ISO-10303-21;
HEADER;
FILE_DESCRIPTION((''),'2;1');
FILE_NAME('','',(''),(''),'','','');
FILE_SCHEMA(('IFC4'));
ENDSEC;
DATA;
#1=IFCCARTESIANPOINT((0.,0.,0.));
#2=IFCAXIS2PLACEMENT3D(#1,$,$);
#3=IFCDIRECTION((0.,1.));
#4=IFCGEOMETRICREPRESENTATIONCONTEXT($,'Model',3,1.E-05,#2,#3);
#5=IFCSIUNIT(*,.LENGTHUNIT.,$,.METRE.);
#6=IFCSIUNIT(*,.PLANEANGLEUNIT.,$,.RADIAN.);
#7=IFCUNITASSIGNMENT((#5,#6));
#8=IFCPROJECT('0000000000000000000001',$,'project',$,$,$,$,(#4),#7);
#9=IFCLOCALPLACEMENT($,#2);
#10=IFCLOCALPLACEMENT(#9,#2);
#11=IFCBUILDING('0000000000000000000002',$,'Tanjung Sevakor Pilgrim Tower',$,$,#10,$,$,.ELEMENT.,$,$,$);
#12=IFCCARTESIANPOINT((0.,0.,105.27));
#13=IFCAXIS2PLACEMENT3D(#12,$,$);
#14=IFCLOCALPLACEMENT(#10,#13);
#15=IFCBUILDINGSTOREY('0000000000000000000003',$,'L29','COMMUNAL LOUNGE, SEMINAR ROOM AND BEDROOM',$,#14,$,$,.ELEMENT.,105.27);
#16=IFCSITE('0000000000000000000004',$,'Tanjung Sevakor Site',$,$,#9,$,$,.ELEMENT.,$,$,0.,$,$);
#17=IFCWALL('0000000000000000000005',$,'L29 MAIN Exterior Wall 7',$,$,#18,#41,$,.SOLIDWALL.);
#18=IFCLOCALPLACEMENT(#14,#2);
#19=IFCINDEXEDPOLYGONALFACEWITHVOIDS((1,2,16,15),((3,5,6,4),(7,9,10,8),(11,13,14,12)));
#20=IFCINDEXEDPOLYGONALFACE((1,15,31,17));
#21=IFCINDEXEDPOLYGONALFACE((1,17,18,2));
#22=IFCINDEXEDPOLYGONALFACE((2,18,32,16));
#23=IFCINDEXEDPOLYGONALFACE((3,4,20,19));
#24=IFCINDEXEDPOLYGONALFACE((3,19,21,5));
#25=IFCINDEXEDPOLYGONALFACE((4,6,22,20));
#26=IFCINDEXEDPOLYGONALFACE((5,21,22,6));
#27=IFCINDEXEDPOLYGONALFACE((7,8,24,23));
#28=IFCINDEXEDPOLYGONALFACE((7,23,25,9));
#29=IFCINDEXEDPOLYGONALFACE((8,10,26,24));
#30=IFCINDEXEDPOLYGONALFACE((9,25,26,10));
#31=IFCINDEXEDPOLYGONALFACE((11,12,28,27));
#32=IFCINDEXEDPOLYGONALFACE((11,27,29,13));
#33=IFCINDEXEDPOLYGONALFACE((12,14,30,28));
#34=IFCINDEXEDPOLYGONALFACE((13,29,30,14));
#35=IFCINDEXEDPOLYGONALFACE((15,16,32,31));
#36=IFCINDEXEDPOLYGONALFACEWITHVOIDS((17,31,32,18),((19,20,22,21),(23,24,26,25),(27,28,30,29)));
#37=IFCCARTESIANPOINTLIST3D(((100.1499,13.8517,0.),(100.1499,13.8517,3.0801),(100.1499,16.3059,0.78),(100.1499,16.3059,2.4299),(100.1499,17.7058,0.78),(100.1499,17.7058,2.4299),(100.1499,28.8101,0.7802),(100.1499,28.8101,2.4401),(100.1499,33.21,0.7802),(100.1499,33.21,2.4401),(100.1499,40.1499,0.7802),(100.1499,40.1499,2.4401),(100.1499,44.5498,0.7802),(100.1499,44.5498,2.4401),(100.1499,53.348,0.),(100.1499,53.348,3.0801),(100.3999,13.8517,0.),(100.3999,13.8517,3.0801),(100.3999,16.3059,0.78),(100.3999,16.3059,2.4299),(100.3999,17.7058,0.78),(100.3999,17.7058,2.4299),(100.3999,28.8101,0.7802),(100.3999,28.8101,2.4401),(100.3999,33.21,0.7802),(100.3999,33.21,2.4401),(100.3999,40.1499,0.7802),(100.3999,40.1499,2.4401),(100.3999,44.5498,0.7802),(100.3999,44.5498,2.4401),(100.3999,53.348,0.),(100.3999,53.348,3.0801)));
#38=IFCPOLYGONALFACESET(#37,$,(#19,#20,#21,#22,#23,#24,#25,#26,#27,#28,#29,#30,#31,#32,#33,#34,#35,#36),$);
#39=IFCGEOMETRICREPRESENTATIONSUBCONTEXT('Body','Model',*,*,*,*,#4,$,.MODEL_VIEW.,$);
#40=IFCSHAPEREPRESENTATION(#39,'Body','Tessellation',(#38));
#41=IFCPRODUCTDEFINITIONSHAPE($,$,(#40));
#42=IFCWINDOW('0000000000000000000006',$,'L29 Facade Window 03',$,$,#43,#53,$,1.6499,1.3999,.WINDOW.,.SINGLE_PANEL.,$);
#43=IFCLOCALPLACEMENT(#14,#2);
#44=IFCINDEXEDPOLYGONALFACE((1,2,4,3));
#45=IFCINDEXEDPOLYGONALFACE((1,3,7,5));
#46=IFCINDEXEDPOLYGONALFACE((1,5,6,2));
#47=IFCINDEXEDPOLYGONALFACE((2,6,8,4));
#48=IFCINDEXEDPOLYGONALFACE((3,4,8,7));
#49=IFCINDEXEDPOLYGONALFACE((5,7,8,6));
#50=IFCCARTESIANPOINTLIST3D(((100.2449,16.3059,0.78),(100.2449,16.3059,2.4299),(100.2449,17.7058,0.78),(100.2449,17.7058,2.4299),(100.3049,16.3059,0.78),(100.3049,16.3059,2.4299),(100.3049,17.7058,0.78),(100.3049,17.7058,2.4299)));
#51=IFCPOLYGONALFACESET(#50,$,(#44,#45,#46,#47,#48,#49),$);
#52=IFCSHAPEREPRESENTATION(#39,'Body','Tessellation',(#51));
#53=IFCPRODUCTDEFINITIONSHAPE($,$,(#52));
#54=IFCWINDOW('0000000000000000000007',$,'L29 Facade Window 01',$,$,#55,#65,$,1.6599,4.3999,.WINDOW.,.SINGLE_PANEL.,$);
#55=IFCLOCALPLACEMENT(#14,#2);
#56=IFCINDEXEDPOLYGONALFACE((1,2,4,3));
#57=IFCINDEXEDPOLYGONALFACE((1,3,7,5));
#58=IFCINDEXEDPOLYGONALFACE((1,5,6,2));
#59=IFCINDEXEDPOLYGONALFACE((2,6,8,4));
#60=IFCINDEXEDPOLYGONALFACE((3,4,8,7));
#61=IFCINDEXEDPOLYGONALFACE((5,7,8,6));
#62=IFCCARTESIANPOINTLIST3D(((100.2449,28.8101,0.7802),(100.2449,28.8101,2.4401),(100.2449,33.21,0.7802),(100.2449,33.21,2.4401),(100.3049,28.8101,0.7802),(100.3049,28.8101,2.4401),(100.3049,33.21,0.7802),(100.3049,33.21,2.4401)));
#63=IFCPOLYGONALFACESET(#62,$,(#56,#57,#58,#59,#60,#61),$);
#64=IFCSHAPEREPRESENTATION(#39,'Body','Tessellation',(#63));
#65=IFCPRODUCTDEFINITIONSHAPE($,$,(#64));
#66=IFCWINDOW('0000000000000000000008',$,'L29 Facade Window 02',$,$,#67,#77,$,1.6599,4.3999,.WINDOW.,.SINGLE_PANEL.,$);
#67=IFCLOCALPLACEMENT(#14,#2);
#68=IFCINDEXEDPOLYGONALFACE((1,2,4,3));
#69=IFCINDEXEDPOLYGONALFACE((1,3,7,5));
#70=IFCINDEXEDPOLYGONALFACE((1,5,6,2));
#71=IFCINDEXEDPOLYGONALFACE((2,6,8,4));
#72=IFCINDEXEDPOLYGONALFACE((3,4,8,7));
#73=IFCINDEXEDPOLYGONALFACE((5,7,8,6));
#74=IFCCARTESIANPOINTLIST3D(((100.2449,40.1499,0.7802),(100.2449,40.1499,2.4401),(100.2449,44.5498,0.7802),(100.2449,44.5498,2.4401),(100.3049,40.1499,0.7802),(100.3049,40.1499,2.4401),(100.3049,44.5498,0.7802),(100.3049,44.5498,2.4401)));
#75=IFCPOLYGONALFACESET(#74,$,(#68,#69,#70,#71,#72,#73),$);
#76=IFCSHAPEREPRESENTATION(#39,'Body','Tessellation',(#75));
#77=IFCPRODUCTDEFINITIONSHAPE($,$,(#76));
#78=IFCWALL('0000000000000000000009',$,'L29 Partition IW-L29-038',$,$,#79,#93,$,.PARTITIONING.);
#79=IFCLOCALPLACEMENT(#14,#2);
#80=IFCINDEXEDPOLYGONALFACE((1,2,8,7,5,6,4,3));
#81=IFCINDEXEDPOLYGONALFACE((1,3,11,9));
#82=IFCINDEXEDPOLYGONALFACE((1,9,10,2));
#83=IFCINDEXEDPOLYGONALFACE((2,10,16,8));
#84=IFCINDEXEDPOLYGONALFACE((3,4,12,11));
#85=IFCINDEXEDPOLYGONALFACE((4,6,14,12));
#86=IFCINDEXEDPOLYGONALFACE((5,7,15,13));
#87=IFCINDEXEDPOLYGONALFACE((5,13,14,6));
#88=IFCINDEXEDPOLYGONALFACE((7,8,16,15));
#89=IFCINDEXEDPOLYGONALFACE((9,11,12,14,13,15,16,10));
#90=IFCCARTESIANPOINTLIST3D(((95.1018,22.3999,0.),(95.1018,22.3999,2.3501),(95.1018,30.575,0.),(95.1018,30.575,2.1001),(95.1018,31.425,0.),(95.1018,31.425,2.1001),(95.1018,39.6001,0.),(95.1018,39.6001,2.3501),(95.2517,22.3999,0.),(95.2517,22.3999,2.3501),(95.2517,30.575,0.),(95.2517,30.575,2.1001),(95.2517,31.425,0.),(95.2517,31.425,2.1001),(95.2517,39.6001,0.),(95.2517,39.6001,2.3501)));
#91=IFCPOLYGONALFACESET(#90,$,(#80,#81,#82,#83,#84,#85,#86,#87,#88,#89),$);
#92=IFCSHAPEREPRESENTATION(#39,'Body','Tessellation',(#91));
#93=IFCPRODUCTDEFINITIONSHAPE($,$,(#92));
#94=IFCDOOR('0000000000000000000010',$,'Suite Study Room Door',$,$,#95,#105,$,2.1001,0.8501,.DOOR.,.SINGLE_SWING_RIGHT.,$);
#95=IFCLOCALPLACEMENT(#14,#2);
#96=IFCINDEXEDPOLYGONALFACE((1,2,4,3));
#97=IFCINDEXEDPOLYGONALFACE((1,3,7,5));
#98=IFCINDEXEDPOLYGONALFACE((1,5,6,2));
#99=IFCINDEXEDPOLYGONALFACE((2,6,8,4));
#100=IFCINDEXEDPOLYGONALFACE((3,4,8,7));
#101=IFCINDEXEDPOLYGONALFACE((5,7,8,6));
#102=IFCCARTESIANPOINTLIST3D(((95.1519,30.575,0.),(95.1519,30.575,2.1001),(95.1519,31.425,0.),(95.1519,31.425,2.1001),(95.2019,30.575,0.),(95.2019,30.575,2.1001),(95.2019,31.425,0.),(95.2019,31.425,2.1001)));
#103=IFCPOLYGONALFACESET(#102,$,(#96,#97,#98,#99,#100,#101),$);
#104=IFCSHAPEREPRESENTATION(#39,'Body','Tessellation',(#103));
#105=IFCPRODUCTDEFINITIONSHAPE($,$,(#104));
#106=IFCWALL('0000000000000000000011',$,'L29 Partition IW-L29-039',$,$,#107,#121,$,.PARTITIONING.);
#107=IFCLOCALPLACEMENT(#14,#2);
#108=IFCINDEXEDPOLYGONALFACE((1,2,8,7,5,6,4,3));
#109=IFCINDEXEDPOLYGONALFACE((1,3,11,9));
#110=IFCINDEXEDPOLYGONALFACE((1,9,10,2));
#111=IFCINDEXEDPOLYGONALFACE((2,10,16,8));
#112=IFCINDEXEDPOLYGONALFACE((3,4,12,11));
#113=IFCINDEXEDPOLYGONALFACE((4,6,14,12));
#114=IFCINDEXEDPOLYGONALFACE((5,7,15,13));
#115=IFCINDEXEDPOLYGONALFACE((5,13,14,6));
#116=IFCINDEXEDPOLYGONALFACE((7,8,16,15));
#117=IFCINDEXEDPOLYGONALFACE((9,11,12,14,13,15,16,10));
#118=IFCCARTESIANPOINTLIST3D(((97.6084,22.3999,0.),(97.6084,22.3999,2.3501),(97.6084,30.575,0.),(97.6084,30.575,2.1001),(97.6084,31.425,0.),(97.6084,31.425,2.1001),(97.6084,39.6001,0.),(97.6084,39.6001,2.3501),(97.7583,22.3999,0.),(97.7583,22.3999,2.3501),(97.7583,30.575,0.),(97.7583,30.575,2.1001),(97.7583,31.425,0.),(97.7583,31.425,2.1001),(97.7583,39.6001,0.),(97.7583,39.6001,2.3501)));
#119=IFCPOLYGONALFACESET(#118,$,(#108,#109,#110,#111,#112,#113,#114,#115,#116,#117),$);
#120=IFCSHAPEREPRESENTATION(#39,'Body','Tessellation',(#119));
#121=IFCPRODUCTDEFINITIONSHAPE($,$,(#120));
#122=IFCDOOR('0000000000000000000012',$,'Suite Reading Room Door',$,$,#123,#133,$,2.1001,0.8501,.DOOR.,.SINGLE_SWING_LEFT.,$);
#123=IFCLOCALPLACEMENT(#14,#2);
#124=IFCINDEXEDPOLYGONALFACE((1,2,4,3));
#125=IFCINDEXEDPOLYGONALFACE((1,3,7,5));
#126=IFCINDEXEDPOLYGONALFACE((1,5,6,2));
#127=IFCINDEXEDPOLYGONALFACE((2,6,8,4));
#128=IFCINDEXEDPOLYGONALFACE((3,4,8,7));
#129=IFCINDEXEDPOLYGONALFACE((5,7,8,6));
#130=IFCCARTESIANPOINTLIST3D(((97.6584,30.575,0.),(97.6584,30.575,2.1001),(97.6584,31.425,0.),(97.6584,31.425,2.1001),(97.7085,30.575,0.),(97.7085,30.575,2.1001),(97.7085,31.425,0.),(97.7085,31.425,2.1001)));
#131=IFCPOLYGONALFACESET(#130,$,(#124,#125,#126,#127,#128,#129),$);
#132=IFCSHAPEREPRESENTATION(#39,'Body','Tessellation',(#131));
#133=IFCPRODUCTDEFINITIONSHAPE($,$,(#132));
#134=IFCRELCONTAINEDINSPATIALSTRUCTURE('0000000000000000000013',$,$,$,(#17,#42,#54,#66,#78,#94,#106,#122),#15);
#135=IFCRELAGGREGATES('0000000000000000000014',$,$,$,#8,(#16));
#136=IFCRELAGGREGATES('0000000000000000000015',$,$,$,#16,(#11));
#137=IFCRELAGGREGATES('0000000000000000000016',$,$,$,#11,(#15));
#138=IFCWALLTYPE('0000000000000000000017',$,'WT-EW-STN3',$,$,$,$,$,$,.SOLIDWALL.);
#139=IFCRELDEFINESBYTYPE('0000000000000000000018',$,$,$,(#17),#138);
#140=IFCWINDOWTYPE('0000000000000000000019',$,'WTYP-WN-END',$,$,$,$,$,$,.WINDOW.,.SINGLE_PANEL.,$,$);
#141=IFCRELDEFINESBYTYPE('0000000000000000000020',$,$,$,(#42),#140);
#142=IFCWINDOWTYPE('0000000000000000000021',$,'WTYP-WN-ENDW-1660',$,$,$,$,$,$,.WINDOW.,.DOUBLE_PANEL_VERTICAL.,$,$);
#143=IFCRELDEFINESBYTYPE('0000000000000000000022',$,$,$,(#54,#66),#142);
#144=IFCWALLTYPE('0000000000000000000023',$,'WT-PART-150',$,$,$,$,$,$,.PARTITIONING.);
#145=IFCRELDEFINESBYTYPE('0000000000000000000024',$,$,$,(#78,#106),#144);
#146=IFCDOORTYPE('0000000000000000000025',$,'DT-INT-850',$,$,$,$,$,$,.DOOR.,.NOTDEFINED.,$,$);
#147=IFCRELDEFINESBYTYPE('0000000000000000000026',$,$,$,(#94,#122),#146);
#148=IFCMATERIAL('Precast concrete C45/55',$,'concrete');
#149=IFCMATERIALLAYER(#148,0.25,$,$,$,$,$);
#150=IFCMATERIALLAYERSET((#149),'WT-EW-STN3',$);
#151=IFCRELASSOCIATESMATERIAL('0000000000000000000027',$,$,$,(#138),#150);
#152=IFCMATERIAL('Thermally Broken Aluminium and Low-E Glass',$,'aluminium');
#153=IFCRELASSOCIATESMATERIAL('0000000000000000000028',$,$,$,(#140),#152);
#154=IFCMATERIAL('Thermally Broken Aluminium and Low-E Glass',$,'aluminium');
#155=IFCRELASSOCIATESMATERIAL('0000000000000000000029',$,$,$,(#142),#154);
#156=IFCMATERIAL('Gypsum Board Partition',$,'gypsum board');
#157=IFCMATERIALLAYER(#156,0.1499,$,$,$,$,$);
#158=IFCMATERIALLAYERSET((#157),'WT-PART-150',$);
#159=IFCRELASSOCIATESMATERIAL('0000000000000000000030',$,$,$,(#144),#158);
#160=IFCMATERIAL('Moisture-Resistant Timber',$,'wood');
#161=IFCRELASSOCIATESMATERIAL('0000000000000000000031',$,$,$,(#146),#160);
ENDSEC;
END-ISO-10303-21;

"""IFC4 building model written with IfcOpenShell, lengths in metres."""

from ifc_helpers import new_model, si_unit, direction, frame, frame_2d, origin, place, context, subcontext, project, spatial, rectangle, extrude, material, layer, layer_set, type_object, element, fill, save


model = new_model("IFC4")

# Units and contexts
model_context = context("Model", 3, precision=1e-05, world=origin(), true_north=direction((0.0, 1.0)))
body_context = subcontext(model_context, "Body", "Model", "MODEL_VIEW")
ifc_project = project(units=[si_unit("LENGTHUNIT", "METRE"), si_unit("PLANEANGLEUNIT", "RADIAN")], contexts=[model_context])

# Site, building, storey
site_placement = place(None, origin())
site = spatial("IfcSite", under=ifc_project, at=site_placement, Name="Tanjung Sevakor Site", CompositionType="ELEMENT", RefElevation=0.0)
building_placement = place(site_placement, origin())
building = spatial("IfcBuilding", under=site, at=building_placement, Name="Tanjung Sevakor Pilgrim Tower", CompositionType="ELEMENT")
storey_placement = place(building_placement, frame((0.0, 0.0, 105.27)))
storey = spatial("IfcBuildingStorey", under=building, at=storey_placement, Name="L29", Description="COMMUNAL LOUNGE, SEMINAR ROOM AND BEDROOM", CompositionType="ELEMENT", Elevation=105.27)

# Shared definitions
ifc_material_1 = material(Name="Precast concrete C45/55", Category="concrete")
ifc_layer_1 = layer(ifc_material_1, 0.25)
ifc_layer_set_1 = layer_set([ifc_layer_1], Name="WT-EW-STN3")
wall_type_1 = type_object("IfcWallType", Name="WT-EW-STN3", PredefinedType="SOLIDWALL", material=ifc_layer_set_1)

# Wall, openings, windows
wall_1_placement = place(storey_placement, frame((100.2749, 13.8518, 0.0), z_axis=(0.0, 0.0, 1.0), x_axis=(0.0, 1.0, 0.0)))
wall_1 = element("IfcWall", 1, at=wall_1_placement, inside=storey, type_object=wall_type_1, Name="L29 MAIN Exterior Wall 7", PredefinedType="SOLIDWALL", context=body_context, shape_type="SweptSolid", body=[
    extrude(rectangle(XDim=39.4963, YDim=0.25, at=frame_2d((19.748, 0.0))), origin(), (0.0, 0.0, 1.0), 3.0801),
])
opening_1_placement = place(wall_1_placement, frame((14.9583, 0.0, 0.78)))
opening_1 = element("IfcOpeningElement", 2, at=opening_1_placement, cuts=wall_1, PredefinedType="OPENING", context=body_context, shape_type="SweptSolid", body=[
    extrude(rectangle(XDim=4.3999, YDim=1.6599, at=frame_2d((2.2, 0.8301))), frame((0.0, 0.135, 0.0), z_axis=(0.0, -1.0, 0.0), x_axis=(1.0, 0.0, 0.0)), (0.0, 0.0, 1.0), 0.27),
])
opening_2_placement = place(wall_1_placement, frame((26.2981, 0.0, 0.78)))
opening_2 = element("IfcOpeningElement", 3, at=opening_2_placement, cuts=wall_1, PredefinedType="OPENING", context=body_context, shape_type="SweptSolid", body=[
    extrude(rectangle(XDim=4.3999, YDim=1.6599, at=frame_2d((2.2, 0.8301))), frame((0.0, 0.135, 0.0), z_axis=(0.0, -1.0, 0.0), x_axis=(1.0, 0.0, 0.0)), (0.0, 0.0, 1.0), 0.27),
])
opening_3_placement = place(wall_1_placement, frame((2.4541, 0.0, 0.78)))
opening_3 = element("IfcOpeningElement", 4, at=opening_3_placement, cuts=wall_1, PredefinedType="OPENING", context=body_context, shape_type="SweptSolid", body=[
    extrude(rectangle(XDim=1.3999, YDim=1.6499, at=frame_2d((0.7, 0.825))), frame((0.0, 0.135, 0.0), z_axis=(0.0, -1.0, 0.0), x_axis=(1.0, 0.0, 0.0)), (0.0, 0.0, 1.0), 0.27),
])
ifc_material_2 = material(Name="Thermally Broken Aluminium and Low-E Glass", Category="aluminium")
window_type_1 = type_object("IfcWindowType", Name="WTYP-WN-END", PartitioningType="SINGLE_PANEL", PredefinedType="WINDOW", material=ifc_material_2)
window_1_placement = place(opening_3_placement, origin())
window_1 = element("IfcWindow", 5, at=window_1_placement, inside=storey, type_object=window_type_1, Name="L29 Facade Window 03", OverallHeight=1.6499, OverallWidth=1.3999, PartitioningType="SINGLE_PANEL", PredefinedType="WINDOW", context=body_context, shape_type="SweptSolid", body=[
    extrude(rectangle(XDim=1.3999, YDim=1.6499, at=frame_2d((0.7, 0.825))), frame((0.0, 0.03, 0.0), z_axis=(0.0, -1.0, 0.0), x_axis=(1.0, 0.0, 0.0)), (0.0, 0.0, 1.0), 0.0601),
])
fill(opening_3, window_1)
ifc_material_3 = material(Name="Thermally Broken Aluminium and Low-E Glass", Category="aluminium")
window_type_2 = type_object("IfcWindowType", Name="WTYP-WN-ENDW-1660", PartitioningType="DOUBLE_PANEL_VERTICAL", PredefinedType="WINDOW", material=ifc_material_3)
window_2_placement = place(opening_1_placement, origin())
window_2 = element("IfcWindow", 6, at=window_2_placement, inside=storey, type_object=window_type_2, Name="L29 Facade Window 01", OverallHeight=1.6599, OverallWidth=4.3999, PartitioningType="SINGLE_PANEL", PredefinedType="WINDOW", context=body_context, shape_type="SweptSolid", body=[
    extrude(rectangle(XDim=4.3999, YDim=1.6599, at=frame_2d((2.2, 0.8301))), frame((0.0, 0.03, 0.0), z_axis=(0.0, -1.0, 0.0), x_axis=(1.0, 0.0, 0.0)), (0.0, 0.0, 1.0), 0.0601),
])
fill(opening_1, window_2)
window_3_placement = place(opening_2_placement, origin())
window_3 = element("IfcWindow", 7, at=window_3_placement, inside=storey, type_object=window_type_2, Name="L29 Facade Window 02", OverallHeight=1.6599, OverallWidth=4.3999, PartitioningType="SINGLE_PANEL", PredefinedType="WINDOW", context=body_context, shape_type="SweptSolid", body=[
    extrude(rectangle(XDim=4.3999, YDim=1.6599, at=frame_2d((2.2, 0.8301))), frame((0.0, 0.03, 0.0), z_axis=(0.0, -1.0, 0.0), x_axis=(1.0, 0.0, 0.0)), (0.0, 0.0, 1.0), 0.0601),
])
fill(opening_2, window_3)

# Walls, openings, doors
ifc_material_4 = material(Name="Gypsum Board Partition", Category="gypsum board")
ifc_layer_2 = layer(ifc_material_4, 0.1499)
ifc_layer_set_2 = layer_set([ifc_layer_2], Name="WT-PART-150")
wall_type_2 = type_object("IfcWallType", Name="WT-PART-150", PredefinedType="PARTITIONING", material=ifc_layer_set_2)
wall_2_placement = place(storey_placement, frame((95.1768, 22.3999, 0.0), z_axis=(0.0, 0.0, 1.0), x_axis=(0.0, 1.0, 0.0)))
wall_2 = element("IfcWall", 8, at=wall_2_placement, inside=storey, type_object=wall_type_2, Name="L29 Partition IW-L29-038", PredefinedType="PARTITIONING", context=body_context, shape_type="SweptSolid", body=[
    extrude(rectangle(XDim=17.2002, YDim=0.1499, at=frame_2d((8.6001, 0.0))), origin(), (0.0, 0.0, 1.0), 2.3501),
])
opening_4_placement = place(wall_2_placement, frame((8.175, 0.0, 0.0)))
opening_4 = element("IfcOpeningElement", 9, at=opening_4_placement, cuts=wall_2, PredefinedType="OPENING", context=body_context, shape_type="SweptSolid", body=[
    extrude(rectangle(XDim=0.8501, YDim=2.1001, at=frame_2d((0.425, 1.05))), frame((0.0, 0.085, 0.0), z_axis=(0.0, -1.0, 0.0), x_axis=(1.0, 0.0, 0.0)), (0.0, 0.0, 1.0), 0.1699),
])
ifc_material_5 = material(Name="Moisture-Resistant Timber", Category="wood")
door_type_1 = type_object("IfcDoorType", Name="DT-INT-850", OperationType="NOTDEFINED", PredefinedType="DOOR", material=ifc_material_5)
door_1_placement = place(opening_4_placement, origin())
door_1 = element("IfcDoor", 10, at=door_1_placement, inside=storey, type_object=door_type_1, Name="Suite Study Room Door", OperationType="SINGLE_SWING_RIGHT", OverallHeight=2.1001, OverallWidth=0.8501, PredefinedType="DOOR", context=body_context, shape_type="SweptSolid", body=[
    extrude(rectangle(XDim=0.8501, YDim=2.1001, at=frame_2d((0.425, 1.05))), frame((0.0, 0.0249, 0.0), z_axis=(0.0, -1.0, 0.0), x_axis=(1.0, 0.0, 0.0)), (0.0, 0.0, 1.0), 0.05),
])
fill(opening_4, door_1)
wall_3_placement = place(storey_placement, frame((97.6833, 22.3999, 0.0), z_axis=(0.0, 0.0, 1.0), x_axis=(0.0, 1.0, 0.0)))
wall_3 = element("IfcWall", 11, at=wall_3_placement, inside=storey, type_object=wall_type_2, Name="L29 Partition IW-L29-039", PredefinedType="PARTITIONING", context=body_context, shape_type="SweptSolid", body=[
    extrude(rectangle(XDim=17.2002, YDim=0.1499, at=frame_2d((8.6001, 0.0))), origin(), (0.0, 0.0, 1.0), 2.3501),
])
opening_5_placement = place(wall_3_placement, frame((8.175, 0.0, 0.0)))
opening_5 = element("IfcOpeningElement", 12, at=opening_5_placement, cuts=wall_3, PredefinedType="OPENING", context=body_context, shape_type="SweptSolid", body=[
    extrude(rectangle(XDim=0.8501, YDim=2.1001, at=frame_2d((0.425, 1.05))), frame((0.0, 0.085, 0.0), z_axis=(0.0, -1.0, 0.0), x_axis=(1.0, 0.0, 0.0)), (0.0, 0.0, 1.0), 0.1699),
])
door_2_placement = place(opening_5_placement, origin())
door_2 = element("IfcDoor", 13, at=door_2_placement, inside=storey, type_object=door_type_1, Name="Suite Reading Room Door", OperationType="SINGLE_SWING_LEFT", OverallHeight=2.1001, OverallWidth=0.8501, PredefinedType="DOOR", context=body_context, shape_type="SweptSolid", body=[
    extrude(rectangle(XDim=0.8501, YDim=2.1001, at=frame_2d((0.425, 1.05))), frame((0.0, 0.0249, 0.0), z_axis=(0.0, -1.0, 0.0), x_axis=(1.0, 0.0, 0.0)), (0.0, 0.0, 1.0), 0.05),
])
fill(opening_5, door_2)

save(model, "model.ifc")
